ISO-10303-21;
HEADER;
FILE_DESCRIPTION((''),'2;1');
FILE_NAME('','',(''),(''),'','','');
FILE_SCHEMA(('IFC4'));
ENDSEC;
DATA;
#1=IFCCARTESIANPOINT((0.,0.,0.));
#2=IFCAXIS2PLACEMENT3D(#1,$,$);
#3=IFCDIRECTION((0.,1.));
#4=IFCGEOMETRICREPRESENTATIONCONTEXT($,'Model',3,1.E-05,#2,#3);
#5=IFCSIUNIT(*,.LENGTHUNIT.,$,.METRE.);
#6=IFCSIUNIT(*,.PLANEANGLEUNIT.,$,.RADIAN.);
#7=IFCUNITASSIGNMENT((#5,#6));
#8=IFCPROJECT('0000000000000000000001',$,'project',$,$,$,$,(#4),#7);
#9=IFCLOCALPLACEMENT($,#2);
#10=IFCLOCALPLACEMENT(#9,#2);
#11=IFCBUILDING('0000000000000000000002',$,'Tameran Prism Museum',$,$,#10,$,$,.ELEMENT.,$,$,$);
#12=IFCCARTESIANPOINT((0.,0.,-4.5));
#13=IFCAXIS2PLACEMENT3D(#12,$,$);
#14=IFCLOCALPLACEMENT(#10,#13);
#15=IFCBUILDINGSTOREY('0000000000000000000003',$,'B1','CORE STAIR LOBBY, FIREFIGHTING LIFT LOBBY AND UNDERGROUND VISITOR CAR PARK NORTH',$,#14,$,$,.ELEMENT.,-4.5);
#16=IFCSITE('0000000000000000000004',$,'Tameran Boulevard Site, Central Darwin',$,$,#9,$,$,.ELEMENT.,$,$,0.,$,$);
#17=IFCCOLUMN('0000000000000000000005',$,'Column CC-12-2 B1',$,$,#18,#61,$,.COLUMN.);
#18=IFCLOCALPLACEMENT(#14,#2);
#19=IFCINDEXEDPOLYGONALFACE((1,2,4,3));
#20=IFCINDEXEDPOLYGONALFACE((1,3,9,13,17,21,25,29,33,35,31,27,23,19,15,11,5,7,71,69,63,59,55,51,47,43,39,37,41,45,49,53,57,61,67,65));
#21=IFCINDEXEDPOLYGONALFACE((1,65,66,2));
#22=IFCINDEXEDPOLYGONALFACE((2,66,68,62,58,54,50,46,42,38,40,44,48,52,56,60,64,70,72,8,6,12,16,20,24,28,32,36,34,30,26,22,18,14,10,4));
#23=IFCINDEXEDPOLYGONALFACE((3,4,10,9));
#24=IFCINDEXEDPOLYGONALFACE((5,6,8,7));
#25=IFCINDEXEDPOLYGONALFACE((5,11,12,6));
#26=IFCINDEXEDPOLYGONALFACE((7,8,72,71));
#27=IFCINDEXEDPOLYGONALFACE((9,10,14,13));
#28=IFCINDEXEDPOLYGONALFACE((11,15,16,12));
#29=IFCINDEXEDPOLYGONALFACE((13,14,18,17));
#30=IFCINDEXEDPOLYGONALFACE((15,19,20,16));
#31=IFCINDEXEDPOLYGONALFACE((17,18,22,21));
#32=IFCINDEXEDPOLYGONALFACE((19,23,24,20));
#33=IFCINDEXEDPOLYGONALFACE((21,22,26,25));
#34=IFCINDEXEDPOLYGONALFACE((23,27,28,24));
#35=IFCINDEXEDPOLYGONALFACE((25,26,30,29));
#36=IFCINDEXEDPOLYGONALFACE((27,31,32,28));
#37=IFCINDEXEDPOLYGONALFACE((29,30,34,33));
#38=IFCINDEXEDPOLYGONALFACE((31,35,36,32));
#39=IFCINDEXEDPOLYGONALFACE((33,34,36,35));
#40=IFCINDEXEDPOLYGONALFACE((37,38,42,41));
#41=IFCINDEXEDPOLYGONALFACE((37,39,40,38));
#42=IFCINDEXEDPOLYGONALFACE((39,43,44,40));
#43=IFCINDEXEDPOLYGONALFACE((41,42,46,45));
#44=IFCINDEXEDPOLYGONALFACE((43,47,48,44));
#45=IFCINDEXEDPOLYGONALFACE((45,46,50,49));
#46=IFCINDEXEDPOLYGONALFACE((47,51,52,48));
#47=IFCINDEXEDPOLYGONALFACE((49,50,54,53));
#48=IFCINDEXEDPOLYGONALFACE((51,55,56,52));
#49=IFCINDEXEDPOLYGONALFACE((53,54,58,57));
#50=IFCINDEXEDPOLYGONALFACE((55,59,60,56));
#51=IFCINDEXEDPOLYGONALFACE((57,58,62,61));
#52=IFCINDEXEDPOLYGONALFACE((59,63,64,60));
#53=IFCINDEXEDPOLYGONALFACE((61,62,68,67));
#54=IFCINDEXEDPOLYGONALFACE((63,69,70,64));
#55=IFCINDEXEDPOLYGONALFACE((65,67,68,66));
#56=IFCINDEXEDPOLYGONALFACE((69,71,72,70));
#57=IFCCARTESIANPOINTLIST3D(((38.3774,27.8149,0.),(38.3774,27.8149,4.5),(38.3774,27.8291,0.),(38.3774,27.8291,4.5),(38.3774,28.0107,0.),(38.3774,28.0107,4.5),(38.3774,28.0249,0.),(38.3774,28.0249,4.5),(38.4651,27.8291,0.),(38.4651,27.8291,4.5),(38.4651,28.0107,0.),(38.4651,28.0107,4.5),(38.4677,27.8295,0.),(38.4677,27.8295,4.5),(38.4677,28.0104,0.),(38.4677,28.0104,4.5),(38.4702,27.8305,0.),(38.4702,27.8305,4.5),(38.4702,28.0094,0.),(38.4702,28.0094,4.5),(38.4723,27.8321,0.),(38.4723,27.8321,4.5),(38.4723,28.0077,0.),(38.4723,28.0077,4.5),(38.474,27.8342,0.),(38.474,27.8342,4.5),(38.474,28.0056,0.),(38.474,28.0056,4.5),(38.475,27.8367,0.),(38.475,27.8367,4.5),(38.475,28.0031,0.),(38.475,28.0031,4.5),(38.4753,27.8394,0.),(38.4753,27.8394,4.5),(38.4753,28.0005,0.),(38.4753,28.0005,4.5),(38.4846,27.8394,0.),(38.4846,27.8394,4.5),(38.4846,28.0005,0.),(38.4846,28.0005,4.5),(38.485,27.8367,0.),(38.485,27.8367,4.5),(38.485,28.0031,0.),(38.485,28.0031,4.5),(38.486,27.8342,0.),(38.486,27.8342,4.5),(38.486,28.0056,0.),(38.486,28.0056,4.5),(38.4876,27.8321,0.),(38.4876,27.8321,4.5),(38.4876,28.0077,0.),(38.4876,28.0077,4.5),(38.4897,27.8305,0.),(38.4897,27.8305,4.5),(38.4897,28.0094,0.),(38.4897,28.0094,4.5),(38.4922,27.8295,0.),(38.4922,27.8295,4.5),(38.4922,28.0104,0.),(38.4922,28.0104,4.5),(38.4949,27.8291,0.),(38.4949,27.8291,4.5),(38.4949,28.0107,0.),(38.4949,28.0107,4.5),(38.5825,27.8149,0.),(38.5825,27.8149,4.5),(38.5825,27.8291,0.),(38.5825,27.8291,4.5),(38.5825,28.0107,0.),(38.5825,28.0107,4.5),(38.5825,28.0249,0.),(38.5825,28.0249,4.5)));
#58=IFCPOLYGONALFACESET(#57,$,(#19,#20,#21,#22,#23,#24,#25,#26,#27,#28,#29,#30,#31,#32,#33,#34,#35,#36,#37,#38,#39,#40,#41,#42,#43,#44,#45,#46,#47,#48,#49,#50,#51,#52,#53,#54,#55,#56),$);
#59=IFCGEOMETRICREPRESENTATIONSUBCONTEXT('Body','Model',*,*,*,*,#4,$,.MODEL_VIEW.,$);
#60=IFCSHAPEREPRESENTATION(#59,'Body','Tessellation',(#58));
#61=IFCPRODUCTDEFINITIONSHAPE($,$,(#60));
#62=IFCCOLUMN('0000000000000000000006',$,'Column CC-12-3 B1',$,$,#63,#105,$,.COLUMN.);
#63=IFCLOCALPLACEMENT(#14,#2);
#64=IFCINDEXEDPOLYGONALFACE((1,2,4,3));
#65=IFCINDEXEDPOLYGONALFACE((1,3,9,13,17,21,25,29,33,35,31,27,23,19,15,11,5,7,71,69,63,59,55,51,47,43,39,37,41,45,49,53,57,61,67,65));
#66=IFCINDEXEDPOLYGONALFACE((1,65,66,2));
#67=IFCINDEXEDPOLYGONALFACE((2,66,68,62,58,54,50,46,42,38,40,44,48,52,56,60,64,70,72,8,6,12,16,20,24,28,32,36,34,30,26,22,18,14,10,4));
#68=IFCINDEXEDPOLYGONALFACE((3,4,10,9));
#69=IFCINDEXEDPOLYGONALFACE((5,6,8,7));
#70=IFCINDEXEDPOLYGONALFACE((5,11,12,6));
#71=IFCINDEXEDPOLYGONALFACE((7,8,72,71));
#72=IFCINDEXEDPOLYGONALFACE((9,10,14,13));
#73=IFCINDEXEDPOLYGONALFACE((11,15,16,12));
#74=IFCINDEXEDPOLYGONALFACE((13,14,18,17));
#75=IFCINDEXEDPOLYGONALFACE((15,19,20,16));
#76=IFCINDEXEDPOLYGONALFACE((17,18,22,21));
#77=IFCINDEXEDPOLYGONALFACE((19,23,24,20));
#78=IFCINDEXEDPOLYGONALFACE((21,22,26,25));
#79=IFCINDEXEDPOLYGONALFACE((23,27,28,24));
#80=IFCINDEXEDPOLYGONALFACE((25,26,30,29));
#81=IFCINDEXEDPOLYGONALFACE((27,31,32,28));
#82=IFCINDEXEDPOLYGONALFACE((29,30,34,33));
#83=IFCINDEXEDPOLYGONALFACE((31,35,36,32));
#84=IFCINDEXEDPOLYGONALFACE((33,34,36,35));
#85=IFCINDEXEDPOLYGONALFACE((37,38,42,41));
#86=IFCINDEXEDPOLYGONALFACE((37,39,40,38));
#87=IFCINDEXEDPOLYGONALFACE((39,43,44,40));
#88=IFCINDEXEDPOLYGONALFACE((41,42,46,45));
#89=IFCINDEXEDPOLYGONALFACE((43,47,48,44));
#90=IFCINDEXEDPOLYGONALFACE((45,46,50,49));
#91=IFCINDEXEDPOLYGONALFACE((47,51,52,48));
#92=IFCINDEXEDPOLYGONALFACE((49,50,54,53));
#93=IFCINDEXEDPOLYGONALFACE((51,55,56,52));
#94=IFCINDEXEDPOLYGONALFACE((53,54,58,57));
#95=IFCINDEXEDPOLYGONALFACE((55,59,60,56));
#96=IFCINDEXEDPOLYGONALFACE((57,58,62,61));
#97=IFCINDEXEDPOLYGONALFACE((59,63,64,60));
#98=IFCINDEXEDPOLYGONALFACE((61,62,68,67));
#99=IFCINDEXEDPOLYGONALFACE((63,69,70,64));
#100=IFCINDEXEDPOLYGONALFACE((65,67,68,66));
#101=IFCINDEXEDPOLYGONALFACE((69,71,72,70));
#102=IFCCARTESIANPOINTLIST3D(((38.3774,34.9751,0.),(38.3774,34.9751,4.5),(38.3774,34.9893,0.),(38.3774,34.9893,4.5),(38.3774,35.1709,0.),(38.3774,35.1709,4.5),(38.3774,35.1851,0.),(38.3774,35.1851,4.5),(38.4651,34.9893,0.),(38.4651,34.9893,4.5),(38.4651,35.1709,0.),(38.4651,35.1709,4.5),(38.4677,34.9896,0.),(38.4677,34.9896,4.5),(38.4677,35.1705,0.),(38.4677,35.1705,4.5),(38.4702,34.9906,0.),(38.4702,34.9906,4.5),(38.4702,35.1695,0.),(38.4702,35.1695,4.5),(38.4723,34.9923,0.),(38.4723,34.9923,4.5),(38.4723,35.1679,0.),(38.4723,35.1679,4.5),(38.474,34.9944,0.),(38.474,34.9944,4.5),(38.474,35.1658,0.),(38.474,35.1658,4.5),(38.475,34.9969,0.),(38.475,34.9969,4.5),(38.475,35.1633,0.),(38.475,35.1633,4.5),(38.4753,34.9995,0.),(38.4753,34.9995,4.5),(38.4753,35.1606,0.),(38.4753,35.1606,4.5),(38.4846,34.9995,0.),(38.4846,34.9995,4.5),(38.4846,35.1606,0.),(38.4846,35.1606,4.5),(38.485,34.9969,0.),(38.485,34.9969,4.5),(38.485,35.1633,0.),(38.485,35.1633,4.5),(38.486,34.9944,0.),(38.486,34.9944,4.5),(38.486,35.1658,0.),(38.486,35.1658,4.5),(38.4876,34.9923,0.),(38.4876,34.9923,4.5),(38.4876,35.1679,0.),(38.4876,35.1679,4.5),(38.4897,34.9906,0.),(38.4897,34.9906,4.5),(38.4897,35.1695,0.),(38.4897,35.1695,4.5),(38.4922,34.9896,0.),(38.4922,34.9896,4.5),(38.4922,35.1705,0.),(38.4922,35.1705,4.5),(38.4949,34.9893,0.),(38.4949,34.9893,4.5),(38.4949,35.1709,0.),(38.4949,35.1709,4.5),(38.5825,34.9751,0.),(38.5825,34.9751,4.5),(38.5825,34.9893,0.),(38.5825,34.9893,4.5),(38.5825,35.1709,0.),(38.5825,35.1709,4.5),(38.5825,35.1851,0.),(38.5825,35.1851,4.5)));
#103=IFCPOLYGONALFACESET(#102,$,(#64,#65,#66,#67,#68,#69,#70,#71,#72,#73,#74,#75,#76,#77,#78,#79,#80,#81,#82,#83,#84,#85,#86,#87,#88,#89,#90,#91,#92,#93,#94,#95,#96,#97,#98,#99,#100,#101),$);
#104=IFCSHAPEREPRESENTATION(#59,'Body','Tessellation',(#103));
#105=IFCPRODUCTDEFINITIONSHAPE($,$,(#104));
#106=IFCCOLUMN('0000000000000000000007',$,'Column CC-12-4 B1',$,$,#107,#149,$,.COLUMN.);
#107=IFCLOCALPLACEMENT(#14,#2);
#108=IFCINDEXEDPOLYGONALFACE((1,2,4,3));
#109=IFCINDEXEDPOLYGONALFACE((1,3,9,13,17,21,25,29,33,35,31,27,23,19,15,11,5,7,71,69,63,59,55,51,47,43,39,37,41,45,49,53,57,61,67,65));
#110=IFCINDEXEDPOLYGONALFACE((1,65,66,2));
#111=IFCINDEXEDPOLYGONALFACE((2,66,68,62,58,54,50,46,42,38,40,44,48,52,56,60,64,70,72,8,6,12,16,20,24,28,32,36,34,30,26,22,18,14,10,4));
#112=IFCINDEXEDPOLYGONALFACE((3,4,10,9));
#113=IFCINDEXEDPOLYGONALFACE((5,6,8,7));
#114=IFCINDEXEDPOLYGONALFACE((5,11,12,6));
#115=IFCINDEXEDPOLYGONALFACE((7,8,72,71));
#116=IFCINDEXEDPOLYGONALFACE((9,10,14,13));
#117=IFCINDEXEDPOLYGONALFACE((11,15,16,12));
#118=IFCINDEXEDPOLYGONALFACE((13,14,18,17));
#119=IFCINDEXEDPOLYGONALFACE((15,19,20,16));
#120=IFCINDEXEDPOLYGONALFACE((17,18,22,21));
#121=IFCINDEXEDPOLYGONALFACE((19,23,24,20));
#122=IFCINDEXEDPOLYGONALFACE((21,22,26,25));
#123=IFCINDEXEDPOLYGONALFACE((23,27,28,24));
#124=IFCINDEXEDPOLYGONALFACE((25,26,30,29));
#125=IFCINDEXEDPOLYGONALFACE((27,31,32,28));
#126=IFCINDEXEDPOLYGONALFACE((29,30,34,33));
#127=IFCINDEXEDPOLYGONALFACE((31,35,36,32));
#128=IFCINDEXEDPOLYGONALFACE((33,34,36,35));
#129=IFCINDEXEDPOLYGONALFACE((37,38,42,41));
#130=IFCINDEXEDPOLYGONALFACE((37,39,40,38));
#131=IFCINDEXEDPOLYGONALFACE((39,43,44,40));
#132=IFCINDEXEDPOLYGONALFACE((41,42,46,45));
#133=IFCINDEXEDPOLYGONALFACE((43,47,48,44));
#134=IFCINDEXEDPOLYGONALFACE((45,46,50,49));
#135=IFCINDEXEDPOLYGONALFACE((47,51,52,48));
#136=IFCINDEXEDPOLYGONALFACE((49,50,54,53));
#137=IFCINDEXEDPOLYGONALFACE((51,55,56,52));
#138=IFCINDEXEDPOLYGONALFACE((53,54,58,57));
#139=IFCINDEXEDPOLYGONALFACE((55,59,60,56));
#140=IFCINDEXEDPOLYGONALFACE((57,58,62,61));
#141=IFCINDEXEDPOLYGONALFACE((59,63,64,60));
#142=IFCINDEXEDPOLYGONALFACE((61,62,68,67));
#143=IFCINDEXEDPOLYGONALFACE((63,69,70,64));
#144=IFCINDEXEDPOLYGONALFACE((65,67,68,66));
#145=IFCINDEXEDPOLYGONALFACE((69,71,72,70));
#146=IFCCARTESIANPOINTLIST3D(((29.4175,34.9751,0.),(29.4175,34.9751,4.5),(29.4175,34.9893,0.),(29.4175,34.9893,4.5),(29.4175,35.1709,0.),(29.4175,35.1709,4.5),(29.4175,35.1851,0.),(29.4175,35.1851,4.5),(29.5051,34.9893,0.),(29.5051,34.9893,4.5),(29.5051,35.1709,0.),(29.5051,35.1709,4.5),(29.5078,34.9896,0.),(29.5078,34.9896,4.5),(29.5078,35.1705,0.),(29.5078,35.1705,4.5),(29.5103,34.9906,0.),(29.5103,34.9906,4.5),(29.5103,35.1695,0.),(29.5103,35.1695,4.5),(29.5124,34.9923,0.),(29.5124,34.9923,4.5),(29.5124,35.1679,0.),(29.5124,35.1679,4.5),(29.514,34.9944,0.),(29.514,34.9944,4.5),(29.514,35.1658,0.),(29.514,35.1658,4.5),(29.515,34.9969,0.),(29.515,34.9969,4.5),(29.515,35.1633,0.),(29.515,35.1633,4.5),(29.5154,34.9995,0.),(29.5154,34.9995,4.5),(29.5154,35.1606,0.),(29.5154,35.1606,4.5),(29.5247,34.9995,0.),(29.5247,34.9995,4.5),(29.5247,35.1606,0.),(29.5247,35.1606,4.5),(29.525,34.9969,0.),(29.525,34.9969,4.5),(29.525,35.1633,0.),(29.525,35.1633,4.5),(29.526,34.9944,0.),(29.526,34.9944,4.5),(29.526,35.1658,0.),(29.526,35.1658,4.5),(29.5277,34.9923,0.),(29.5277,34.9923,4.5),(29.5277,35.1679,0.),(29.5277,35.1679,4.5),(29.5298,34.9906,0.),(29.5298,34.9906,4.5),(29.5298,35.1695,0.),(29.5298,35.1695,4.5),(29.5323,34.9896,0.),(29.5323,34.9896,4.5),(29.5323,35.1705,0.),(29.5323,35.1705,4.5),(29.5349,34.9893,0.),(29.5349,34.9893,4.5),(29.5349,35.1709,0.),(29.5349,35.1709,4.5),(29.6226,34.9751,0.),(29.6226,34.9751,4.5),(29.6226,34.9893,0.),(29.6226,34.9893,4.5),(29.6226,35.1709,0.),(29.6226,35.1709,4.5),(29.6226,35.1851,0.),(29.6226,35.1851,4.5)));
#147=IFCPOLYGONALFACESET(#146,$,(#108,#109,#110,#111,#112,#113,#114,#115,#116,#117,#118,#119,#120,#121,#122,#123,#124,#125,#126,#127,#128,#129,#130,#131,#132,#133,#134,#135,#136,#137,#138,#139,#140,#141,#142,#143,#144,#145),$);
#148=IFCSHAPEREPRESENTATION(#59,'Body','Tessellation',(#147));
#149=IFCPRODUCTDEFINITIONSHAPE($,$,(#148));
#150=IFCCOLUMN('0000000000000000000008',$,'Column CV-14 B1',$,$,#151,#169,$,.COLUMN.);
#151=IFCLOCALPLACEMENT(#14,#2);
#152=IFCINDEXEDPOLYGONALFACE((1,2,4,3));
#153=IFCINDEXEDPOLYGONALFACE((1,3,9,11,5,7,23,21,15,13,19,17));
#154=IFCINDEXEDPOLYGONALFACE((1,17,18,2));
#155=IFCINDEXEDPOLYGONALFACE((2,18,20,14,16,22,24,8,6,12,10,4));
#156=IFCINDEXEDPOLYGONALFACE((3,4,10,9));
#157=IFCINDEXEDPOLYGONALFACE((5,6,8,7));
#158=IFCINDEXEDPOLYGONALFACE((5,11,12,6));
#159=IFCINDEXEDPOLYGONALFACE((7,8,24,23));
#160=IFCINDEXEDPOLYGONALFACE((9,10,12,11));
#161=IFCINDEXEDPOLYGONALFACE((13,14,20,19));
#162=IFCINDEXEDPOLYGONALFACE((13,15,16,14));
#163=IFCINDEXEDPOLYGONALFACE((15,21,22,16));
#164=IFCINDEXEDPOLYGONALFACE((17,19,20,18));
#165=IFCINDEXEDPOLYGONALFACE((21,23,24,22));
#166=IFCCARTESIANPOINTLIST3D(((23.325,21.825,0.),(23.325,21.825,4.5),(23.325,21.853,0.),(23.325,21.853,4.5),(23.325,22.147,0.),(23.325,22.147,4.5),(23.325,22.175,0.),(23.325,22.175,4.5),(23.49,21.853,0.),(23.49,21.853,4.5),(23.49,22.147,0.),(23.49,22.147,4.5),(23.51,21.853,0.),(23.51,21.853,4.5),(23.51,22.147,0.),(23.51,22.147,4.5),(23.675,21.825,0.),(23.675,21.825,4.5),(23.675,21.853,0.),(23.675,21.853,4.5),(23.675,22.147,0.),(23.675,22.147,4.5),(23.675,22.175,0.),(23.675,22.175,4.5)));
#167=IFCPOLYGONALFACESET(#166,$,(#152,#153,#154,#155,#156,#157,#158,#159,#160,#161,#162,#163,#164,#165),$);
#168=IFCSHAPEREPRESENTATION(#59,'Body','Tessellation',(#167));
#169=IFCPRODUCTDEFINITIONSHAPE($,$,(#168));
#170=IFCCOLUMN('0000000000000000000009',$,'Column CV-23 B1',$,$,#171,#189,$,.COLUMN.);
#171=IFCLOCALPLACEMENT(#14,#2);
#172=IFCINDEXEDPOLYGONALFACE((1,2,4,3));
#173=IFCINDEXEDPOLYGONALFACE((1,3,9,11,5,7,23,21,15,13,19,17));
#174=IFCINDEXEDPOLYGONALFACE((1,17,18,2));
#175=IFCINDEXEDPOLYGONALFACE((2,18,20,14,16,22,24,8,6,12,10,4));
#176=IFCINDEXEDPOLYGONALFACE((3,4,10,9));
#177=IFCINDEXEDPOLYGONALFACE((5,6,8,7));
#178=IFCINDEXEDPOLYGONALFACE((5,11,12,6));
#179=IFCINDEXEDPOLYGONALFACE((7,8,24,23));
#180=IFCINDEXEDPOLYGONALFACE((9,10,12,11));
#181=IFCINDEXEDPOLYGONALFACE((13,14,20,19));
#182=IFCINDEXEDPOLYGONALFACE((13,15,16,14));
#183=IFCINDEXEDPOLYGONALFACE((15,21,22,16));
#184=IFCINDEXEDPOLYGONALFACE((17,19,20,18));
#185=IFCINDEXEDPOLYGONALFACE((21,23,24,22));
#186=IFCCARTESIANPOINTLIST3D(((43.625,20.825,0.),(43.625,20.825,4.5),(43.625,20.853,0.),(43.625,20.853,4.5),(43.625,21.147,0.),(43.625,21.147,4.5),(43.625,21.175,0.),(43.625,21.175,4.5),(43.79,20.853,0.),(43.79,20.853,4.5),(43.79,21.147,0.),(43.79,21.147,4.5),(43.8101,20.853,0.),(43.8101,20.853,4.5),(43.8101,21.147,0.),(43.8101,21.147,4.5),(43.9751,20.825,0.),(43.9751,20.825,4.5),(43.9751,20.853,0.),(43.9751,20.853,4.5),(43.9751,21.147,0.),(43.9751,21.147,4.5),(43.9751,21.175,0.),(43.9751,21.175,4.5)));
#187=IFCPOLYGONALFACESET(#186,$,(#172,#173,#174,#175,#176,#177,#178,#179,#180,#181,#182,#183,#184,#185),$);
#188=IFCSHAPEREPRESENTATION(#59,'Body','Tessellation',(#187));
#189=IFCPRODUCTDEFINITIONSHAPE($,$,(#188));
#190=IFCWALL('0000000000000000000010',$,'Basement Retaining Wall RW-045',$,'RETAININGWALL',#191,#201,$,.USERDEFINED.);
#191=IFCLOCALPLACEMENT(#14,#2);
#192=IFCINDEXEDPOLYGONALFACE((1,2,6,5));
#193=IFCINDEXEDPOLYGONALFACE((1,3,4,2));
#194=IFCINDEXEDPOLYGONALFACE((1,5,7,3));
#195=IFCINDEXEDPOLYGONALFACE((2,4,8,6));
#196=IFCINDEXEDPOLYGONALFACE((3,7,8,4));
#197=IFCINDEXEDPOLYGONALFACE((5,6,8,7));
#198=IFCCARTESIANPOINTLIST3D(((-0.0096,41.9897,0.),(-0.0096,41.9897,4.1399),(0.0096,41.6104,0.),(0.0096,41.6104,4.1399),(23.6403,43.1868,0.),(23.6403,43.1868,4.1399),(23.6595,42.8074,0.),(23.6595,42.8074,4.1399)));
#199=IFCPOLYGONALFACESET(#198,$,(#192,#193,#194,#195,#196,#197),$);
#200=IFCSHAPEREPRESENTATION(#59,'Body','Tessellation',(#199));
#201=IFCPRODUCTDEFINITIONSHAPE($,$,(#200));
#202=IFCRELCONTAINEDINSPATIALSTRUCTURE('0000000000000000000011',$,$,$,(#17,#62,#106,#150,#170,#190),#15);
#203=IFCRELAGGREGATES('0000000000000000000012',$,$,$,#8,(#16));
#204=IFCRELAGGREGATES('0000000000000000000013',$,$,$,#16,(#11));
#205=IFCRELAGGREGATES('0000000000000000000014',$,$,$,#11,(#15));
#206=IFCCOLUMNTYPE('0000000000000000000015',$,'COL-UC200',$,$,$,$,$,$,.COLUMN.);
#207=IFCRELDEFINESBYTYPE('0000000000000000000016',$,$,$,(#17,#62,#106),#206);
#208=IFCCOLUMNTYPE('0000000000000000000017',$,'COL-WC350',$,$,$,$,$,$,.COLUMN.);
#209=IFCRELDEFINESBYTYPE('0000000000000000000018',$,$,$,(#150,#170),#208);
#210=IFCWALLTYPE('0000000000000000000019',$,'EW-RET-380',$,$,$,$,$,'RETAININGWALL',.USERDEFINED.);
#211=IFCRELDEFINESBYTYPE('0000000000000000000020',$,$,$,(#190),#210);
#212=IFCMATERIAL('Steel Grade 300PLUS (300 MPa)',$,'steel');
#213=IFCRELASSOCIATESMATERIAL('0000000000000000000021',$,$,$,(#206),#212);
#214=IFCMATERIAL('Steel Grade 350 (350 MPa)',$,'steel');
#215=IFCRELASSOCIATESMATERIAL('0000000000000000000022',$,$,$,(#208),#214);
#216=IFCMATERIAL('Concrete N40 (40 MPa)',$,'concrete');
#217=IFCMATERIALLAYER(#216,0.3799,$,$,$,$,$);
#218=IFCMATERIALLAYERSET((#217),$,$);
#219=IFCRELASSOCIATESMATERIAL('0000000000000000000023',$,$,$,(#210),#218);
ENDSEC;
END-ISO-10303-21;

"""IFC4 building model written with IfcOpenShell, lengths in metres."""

from ifc_helpers import new_model, si_unit, direction, frame, frame_2d, origin, origin_2d, place, context, subcontext, project, spatial, rectangle, i_section, extrude, material, layer, layer_set, material_profile, profile_set, type_object, element, save


model = new_model("IFC4")

# Units and contexts
model_context = context("Model", 3, precision=1e-05, world=origin(), true_north=direction((0.0, 1.0)))
body_context = subcontext(model_context, "Body", "Model", "MODEL_VIEW")
ifc_project = project(units=[si_unit("LENGTHUNIT", "METRE"), si_unit("PLANEANGLEUNIT", "RADIAN")], contexts=[model_context])

# Site, building, storey
site_placement = place(None, origin())
site = spatial("IfcSite", under=ifc_project, at=site_placement, Name="Tameran Boulevard Site, Central Darwin", CompositionType="ELEMENT", RefElevation=0.0)
building_placement = place(site_placement, origin())
building = spatial("IfcBuilding", under=site, at=building_placement, Name="Tameran Prism Museum", CompositionType="ELEMENT")
storey_placement = place(building_placement, frame((0.0, 0.0, -4.5)))
storey = spatial("IfcBuildingStorey", under=building, at=storey_placement, Name="B1", Description="CORE STAIR LOBBY, FIREFIGHTING LIFT LOBBY AND UNDERGROUND VISITOR CAR PARK NORTH", CompositionType="ELEMENT", Elevation=-4.5)

# Columns
ifc_material_1 = material(Name="Steel Grade 300PLUS (300 MPa)", Category="steel")
ifc_material_profile_1 = material_profile(ifc_material_1, i_section(OverallWidth=0.2051, OverallDepth=0.21, WebThickness=0.0093, FlangeThickness=0.0142, FilletRadius=0.0103, at=origin_2d()))
ifc_profile_set_1 = profile_set([ifc_material_profile_1])
column_type_1 = type_object("IfcColumnType", Name="COL-UC200", PredefinedType="COLUMN", material=ifc_profile_set_1)
for number, where, z_axis, x_axis, name in (
    (1, (38.48, 27.9199, 0.0), (0.0, 0.0, 1.0), (1.0, 0.0, 0.0), "Column CC-12-2 B1"),
    (2, (38.48, 35.0801, 0.0), (0.0, 0.0, 1.0), (1.0, 0.0, 0.0), "Column CC-12-3 B1"),
    (3, (29.52, 35.0801, 0.0), (0.0, 0.0, 1.0), (1.0, 0.0, 0.0), "Column CC-12-4 B1"),
):
    element("IfcColumn", number, at=place(storey_placement, frame(where, z_axis=z_axis, x_axis=x_axis)), inside=storey, type_object=column_type_1, Name=name, PredefinedType="COLUMN", context=body_context, shape_type="SweptSolid", body=[
        extrude(i_section(OverallWidth=0.2051, OverallDepth=0.21, WebThickness=0.0093, FlangeThickness=0.0142, FilletRadius=0.0103, at=origin_2d()), origin(), (0.0, 0.0, 1.0), 4.5),
    ])
ifc_material_2 = material(Name="Steel Grade 350 (350 MPa)", Category="steel")
ifc_material_profile_2 = material_profile(ifc_material_2, i_section(OverallWidth=0.3501, OverallDepth=0.3501, WebThickness=0.02, FlangeThickness=0.0281, at=origin_2d()))
ifc_profile_set_2 = profile_set([ifc_material_profile_2])
column_type_2 = type_object("IfcColumnType", Name="COL-WC350", PredefinedType="COLUMN", material=ifc_profile_set_2)
for number, where, z_axis, x_axis, name in (
    (4, (23.5, 22.0, 0.0), (0.0, 0.0, 1.0), (1.0, 0.0, 0.0), "Column CV-14 B1"),
    (5, (43.8, 21.0, 0.0), (0.0, 0.0, 1.0), (1.0, 0.0, 0.0), "Column CV-23 B1"),
):
    element("IfcColumn", number, at=place(storey_placement, frame(where, z_axis=z_axis, x_axis=x_axis)), inside=storey, type_object=column_type_2, Name=name, PredefinedType="COLUMN", context=body_context, shape_type="SweptSolid", body=[
        extrude(i_section(OverallWidth=0.3501, OverallDepth=0.3501, WebThickness=0.02, FlangeThickness=0.0281, at=origin_2d()), origin(), (0.0, 0.0, 1.0), 4.5),
    ])

# Wall
ifc_material_3 = material(Name="Concrete N40 (40 MPa)", Category="concrete")
ifc_layer_1 = layer(ifc_material_3, 0.3799)
ifc_layer_set_1 = layer_set([ifc_layer_1])
wall_type_1 = type_object("IfcWallType", Name="EW-RET-380", ElementType="RETAININGWALL", PredefinedType="USERDEFINED", material=ifc_layer_set_1)
wall_1_placement = place(storey_placement, frame((23.6499, 42.9971, 0.0), z_axis=(0.0, 0.0, 1.0), x_axis=(-0.998722, -0.05055, 0.0)))
element("IfcWall", 6, at=wall_1_placement, inside=storey, type_object=wall_type_1, Name="Basement Retaining Wall RW-045", ObjectType="RETAININGWALL", PredefinedType="USERDEFINED", context=body_context, shape_type="SweptSolid", body=[
    extrude(rectangle(XDim=23.6802, YDim=0.3799, at=frame_2d((11.8401, 0.0))), origin(), (0.0, 0.0, 1.0), 4.1399),
])

save(model, "model.ifc")
